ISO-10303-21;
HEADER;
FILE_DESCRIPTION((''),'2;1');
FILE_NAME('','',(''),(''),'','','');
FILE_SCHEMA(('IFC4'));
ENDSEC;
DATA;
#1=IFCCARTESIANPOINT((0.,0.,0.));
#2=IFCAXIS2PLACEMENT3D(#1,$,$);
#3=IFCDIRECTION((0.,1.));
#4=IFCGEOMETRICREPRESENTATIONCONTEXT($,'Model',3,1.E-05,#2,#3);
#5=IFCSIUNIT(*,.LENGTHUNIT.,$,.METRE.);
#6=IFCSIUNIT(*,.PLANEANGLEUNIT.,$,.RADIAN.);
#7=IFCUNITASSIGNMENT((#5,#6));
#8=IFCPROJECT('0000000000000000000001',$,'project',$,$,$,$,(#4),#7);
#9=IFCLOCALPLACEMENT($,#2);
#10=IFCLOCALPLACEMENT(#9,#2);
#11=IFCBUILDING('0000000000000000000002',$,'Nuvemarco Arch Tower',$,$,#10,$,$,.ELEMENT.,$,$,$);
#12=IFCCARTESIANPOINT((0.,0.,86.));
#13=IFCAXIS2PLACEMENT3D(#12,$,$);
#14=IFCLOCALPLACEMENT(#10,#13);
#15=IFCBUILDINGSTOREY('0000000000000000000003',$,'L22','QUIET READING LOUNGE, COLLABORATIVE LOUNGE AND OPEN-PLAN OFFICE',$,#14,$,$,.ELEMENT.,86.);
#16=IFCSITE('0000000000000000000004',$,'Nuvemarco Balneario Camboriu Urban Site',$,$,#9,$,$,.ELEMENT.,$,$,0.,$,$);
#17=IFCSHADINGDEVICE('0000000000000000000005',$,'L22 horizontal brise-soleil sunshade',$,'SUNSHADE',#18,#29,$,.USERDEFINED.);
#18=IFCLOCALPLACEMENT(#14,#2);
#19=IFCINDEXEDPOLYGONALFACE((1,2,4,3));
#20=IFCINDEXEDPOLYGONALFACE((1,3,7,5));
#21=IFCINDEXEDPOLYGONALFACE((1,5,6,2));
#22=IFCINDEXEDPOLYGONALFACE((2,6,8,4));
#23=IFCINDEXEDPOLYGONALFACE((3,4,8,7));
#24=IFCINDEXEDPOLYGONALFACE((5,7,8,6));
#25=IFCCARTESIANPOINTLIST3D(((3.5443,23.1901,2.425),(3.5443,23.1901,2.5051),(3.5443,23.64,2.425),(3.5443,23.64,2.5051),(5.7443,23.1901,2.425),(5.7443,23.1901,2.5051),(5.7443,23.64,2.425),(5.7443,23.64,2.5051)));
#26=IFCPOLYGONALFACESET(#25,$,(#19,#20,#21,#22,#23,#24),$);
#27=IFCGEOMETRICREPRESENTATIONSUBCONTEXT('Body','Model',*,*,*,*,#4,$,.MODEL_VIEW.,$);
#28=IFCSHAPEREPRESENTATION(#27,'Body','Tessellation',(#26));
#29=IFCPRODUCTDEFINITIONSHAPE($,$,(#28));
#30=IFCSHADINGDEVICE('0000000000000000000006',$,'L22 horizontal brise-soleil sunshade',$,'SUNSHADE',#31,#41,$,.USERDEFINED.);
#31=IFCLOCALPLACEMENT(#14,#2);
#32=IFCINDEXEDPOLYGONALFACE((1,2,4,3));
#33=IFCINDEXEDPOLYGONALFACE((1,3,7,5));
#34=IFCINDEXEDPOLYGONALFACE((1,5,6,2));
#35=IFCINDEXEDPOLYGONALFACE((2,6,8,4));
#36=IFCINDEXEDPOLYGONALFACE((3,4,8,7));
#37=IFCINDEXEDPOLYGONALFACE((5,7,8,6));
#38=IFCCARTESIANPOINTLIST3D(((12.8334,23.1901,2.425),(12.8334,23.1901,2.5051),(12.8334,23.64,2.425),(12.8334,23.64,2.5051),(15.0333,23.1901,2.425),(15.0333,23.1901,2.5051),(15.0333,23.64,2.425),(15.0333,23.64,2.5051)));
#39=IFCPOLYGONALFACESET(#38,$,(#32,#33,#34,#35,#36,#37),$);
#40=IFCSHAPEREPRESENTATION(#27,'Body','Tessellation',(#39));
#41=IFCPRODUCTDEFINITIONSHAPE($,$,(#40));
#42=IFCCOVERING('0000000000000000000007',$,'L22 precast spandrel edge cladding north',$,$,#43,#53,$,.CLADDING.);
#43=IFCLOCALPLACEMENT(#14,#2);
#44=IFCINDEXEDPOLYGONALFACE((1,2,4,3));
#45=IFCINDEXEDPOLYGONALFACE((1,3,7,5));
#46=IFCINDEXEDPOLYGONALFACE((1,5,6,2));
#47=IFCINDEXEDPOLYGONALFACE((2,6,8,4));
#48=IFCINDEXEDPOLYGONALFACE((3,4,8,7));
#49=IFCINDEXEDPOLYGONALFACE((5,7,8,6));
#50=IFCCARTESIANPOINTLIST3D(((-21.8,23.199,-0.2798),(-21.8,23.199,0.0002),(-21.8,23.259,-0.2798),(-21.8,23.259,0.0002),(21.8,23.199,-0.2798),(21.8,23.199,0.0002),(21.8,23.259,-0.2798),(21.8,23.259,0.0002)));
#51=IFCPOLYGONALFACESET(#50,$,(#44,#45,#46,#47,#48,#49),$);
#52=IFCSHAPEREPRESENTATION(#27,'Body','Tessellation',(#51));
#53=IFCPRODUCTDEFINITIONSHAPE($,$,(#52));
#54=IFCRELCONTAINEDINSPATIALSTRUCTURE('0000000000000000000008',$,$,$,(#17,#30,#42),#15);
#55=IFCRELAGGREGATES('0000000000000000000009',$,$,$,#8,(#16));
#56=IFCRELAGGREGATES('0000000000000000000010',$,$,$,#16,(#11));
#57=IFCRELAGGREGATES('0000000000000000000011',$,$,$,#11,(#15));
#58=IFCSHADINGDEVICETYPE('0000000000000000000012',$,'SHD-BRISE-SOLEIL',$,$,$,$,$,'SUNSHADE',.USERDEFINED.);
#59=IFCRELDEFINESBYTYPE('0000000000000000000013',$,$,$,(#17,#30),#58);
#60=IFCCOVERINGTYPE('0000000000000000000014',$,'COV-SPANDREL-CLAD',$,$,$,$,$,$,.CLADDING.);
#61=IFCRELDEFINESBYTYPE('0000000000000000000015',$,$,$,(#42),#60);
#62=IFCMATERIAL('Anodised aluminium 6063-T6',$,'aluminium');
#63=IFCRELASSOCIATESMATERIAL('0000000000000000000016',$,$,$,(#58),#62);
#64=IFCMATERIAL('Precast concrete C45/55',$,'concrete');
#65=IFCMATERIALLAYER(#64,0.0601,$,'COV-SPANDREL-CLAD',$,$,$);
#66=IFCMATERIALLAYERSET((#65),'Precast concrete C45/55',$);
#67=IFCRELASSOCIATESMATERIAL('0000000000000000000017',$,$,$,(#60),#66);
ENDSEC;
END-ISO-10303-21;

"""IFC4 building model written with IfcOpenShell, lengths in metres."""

from ifc_helpers import new_model, si_unit, direction, frame, origin, origin_2d, place, context, subcontext, project, spatial, rectangle, extrude, source, transform, mapped, material, layer, layer_set, type_object, type_shapes, element, save


model = new_model("IFC4")

# Units and contexts
model_context = context("Model", 3, precision=1e-05, world=origin(), true_north=direction((0.0, 1.0)))
body_context = subcontext(model_context, "Body", "Model", "MODEL_VIEW")
ifc_project = project(units=[si_unit("LENGTHUNIT", "METRE"), si_unit("PLANEANGLEUNIT", "RADIAN")], contexts=[model_context])

# Site, building, storey
site_placement = place(None, origin())
site = spatial("IfcSite", under=ifc_project, at=site_placement, Name="Nuvemarco Balneario Camboriu Urban Site", CompositionType="ELEMENT", RefElevation=0.0)
building_placement = place(site_placement, origin())
building = spatial("IfcBuilding", under=site, at=building_placement, Name="Nuvemarco Arch Tower", CompositionType="ELEMENT")
storey_placement = place(building_placement, frame((0.0, 0.0, 86.0)))
storey = spatial("IfcBuildingStorey", under=building, at=storey_placement, Name="L22", Description="QUIET READING LOUNGE, COLLABORATIVE LOUNGE AND OPEN-PLAN OFFICE", CompositionType="ELEMENT", Elevation=86.0)

# Shared definitions
ifc_material_1 = material(Name="Precast concrete C45/55", Category="concrete")

# Shading devices
ifc_material_2 = material(Name="Anodised aluminium 6063-T6", Category="aluminium")
shading_device_type = type_object("IfcShadingDeviceType", Name="SHD-BRISE-SOLEIL", ElementType="SUNSHADE", PredefinedType="USERDEFINED", material=ifc_material_2)
shared_shape_1 = source(origin(), body_context, "Body", "SweptSolid", [
    extrude(rectangle(XDim=2.2, YDim=0.45, at=origin_2d()), origin(), (0.0, 0.0, 1.0), 0.0801),
])
type_shapes(shading_device_type, [shared_shape_1])
for number, where, z_axis, x_axis, name in (
    (1, (4.6443, 23.415, 2.425), (0.0, 0.0, 1.0), (1.0, 0.0, 0.0), "L22 horizontal brise-soleil sunshade"),
    (2, (13.9333, 23.415, 2.425), (0.0, 0.0, 1.0), (1.0, 0.0, 0.0), "L22 horizontal brise-soleil sunshade"),
):
    element("IfcShadingDevice", number, at=place(storey_placement, frame(where, z_axis=z_axis, x_axis=x_axis)), inside=storey, type_object=shading_device_type, Name=name, ObjectType="SUNSHADE", PredefinedType="USERDEFINED", context=body_context, shape_type="MappedRepresentation", body=[
        mapped(shared_shape_1, transform((0.0, 0.0, 0.0), scale=1.0)),
    ])

# Covering
ifc_layer_1 = layer(ifc_material_1, 0.0601, Name="COV-SPANDREL-CLAD")
ifc_layer_set_1 = layer_set([ifc_layer_1], Name="Precast concrete C45/55")
covering_type = type_object("IfcCoveringType", Name="COV-SPANDREL-CLAD", PredefinedType="CLADDING", material=ifc_layer_set_1)
shared_shape_2 = source(origin(), body_context, "Body", "SweptSolid", [
    extrude(rectangle(XDim=43.6001, YDim=0.0601, at=origin_2d()), origin(), (0.0, 0.0, 1.0), 0.28),
])
type_shapes(covering_type, [shared_shape_2])
covering_placement = place(storey_placement, frame((0.0, 23.229, -0.2798), z_axis=(0.0, 0.0, 1.0), x_axis=(1.0, 0.0, 0.0)))
element("IfcCovering", 3, at=covering_placement, inside=storey, type_object=covering_type, Name="L22 precast spandrel edge cladding north", PredefinedType="CLADDING", context=body_context, shape_type="MappedRepresentation", body=[
    mapped(shared_shape_2, transform((0.0, 0.0, 0.0), scale=1.0)),
])

save(model, "model.ifc")
